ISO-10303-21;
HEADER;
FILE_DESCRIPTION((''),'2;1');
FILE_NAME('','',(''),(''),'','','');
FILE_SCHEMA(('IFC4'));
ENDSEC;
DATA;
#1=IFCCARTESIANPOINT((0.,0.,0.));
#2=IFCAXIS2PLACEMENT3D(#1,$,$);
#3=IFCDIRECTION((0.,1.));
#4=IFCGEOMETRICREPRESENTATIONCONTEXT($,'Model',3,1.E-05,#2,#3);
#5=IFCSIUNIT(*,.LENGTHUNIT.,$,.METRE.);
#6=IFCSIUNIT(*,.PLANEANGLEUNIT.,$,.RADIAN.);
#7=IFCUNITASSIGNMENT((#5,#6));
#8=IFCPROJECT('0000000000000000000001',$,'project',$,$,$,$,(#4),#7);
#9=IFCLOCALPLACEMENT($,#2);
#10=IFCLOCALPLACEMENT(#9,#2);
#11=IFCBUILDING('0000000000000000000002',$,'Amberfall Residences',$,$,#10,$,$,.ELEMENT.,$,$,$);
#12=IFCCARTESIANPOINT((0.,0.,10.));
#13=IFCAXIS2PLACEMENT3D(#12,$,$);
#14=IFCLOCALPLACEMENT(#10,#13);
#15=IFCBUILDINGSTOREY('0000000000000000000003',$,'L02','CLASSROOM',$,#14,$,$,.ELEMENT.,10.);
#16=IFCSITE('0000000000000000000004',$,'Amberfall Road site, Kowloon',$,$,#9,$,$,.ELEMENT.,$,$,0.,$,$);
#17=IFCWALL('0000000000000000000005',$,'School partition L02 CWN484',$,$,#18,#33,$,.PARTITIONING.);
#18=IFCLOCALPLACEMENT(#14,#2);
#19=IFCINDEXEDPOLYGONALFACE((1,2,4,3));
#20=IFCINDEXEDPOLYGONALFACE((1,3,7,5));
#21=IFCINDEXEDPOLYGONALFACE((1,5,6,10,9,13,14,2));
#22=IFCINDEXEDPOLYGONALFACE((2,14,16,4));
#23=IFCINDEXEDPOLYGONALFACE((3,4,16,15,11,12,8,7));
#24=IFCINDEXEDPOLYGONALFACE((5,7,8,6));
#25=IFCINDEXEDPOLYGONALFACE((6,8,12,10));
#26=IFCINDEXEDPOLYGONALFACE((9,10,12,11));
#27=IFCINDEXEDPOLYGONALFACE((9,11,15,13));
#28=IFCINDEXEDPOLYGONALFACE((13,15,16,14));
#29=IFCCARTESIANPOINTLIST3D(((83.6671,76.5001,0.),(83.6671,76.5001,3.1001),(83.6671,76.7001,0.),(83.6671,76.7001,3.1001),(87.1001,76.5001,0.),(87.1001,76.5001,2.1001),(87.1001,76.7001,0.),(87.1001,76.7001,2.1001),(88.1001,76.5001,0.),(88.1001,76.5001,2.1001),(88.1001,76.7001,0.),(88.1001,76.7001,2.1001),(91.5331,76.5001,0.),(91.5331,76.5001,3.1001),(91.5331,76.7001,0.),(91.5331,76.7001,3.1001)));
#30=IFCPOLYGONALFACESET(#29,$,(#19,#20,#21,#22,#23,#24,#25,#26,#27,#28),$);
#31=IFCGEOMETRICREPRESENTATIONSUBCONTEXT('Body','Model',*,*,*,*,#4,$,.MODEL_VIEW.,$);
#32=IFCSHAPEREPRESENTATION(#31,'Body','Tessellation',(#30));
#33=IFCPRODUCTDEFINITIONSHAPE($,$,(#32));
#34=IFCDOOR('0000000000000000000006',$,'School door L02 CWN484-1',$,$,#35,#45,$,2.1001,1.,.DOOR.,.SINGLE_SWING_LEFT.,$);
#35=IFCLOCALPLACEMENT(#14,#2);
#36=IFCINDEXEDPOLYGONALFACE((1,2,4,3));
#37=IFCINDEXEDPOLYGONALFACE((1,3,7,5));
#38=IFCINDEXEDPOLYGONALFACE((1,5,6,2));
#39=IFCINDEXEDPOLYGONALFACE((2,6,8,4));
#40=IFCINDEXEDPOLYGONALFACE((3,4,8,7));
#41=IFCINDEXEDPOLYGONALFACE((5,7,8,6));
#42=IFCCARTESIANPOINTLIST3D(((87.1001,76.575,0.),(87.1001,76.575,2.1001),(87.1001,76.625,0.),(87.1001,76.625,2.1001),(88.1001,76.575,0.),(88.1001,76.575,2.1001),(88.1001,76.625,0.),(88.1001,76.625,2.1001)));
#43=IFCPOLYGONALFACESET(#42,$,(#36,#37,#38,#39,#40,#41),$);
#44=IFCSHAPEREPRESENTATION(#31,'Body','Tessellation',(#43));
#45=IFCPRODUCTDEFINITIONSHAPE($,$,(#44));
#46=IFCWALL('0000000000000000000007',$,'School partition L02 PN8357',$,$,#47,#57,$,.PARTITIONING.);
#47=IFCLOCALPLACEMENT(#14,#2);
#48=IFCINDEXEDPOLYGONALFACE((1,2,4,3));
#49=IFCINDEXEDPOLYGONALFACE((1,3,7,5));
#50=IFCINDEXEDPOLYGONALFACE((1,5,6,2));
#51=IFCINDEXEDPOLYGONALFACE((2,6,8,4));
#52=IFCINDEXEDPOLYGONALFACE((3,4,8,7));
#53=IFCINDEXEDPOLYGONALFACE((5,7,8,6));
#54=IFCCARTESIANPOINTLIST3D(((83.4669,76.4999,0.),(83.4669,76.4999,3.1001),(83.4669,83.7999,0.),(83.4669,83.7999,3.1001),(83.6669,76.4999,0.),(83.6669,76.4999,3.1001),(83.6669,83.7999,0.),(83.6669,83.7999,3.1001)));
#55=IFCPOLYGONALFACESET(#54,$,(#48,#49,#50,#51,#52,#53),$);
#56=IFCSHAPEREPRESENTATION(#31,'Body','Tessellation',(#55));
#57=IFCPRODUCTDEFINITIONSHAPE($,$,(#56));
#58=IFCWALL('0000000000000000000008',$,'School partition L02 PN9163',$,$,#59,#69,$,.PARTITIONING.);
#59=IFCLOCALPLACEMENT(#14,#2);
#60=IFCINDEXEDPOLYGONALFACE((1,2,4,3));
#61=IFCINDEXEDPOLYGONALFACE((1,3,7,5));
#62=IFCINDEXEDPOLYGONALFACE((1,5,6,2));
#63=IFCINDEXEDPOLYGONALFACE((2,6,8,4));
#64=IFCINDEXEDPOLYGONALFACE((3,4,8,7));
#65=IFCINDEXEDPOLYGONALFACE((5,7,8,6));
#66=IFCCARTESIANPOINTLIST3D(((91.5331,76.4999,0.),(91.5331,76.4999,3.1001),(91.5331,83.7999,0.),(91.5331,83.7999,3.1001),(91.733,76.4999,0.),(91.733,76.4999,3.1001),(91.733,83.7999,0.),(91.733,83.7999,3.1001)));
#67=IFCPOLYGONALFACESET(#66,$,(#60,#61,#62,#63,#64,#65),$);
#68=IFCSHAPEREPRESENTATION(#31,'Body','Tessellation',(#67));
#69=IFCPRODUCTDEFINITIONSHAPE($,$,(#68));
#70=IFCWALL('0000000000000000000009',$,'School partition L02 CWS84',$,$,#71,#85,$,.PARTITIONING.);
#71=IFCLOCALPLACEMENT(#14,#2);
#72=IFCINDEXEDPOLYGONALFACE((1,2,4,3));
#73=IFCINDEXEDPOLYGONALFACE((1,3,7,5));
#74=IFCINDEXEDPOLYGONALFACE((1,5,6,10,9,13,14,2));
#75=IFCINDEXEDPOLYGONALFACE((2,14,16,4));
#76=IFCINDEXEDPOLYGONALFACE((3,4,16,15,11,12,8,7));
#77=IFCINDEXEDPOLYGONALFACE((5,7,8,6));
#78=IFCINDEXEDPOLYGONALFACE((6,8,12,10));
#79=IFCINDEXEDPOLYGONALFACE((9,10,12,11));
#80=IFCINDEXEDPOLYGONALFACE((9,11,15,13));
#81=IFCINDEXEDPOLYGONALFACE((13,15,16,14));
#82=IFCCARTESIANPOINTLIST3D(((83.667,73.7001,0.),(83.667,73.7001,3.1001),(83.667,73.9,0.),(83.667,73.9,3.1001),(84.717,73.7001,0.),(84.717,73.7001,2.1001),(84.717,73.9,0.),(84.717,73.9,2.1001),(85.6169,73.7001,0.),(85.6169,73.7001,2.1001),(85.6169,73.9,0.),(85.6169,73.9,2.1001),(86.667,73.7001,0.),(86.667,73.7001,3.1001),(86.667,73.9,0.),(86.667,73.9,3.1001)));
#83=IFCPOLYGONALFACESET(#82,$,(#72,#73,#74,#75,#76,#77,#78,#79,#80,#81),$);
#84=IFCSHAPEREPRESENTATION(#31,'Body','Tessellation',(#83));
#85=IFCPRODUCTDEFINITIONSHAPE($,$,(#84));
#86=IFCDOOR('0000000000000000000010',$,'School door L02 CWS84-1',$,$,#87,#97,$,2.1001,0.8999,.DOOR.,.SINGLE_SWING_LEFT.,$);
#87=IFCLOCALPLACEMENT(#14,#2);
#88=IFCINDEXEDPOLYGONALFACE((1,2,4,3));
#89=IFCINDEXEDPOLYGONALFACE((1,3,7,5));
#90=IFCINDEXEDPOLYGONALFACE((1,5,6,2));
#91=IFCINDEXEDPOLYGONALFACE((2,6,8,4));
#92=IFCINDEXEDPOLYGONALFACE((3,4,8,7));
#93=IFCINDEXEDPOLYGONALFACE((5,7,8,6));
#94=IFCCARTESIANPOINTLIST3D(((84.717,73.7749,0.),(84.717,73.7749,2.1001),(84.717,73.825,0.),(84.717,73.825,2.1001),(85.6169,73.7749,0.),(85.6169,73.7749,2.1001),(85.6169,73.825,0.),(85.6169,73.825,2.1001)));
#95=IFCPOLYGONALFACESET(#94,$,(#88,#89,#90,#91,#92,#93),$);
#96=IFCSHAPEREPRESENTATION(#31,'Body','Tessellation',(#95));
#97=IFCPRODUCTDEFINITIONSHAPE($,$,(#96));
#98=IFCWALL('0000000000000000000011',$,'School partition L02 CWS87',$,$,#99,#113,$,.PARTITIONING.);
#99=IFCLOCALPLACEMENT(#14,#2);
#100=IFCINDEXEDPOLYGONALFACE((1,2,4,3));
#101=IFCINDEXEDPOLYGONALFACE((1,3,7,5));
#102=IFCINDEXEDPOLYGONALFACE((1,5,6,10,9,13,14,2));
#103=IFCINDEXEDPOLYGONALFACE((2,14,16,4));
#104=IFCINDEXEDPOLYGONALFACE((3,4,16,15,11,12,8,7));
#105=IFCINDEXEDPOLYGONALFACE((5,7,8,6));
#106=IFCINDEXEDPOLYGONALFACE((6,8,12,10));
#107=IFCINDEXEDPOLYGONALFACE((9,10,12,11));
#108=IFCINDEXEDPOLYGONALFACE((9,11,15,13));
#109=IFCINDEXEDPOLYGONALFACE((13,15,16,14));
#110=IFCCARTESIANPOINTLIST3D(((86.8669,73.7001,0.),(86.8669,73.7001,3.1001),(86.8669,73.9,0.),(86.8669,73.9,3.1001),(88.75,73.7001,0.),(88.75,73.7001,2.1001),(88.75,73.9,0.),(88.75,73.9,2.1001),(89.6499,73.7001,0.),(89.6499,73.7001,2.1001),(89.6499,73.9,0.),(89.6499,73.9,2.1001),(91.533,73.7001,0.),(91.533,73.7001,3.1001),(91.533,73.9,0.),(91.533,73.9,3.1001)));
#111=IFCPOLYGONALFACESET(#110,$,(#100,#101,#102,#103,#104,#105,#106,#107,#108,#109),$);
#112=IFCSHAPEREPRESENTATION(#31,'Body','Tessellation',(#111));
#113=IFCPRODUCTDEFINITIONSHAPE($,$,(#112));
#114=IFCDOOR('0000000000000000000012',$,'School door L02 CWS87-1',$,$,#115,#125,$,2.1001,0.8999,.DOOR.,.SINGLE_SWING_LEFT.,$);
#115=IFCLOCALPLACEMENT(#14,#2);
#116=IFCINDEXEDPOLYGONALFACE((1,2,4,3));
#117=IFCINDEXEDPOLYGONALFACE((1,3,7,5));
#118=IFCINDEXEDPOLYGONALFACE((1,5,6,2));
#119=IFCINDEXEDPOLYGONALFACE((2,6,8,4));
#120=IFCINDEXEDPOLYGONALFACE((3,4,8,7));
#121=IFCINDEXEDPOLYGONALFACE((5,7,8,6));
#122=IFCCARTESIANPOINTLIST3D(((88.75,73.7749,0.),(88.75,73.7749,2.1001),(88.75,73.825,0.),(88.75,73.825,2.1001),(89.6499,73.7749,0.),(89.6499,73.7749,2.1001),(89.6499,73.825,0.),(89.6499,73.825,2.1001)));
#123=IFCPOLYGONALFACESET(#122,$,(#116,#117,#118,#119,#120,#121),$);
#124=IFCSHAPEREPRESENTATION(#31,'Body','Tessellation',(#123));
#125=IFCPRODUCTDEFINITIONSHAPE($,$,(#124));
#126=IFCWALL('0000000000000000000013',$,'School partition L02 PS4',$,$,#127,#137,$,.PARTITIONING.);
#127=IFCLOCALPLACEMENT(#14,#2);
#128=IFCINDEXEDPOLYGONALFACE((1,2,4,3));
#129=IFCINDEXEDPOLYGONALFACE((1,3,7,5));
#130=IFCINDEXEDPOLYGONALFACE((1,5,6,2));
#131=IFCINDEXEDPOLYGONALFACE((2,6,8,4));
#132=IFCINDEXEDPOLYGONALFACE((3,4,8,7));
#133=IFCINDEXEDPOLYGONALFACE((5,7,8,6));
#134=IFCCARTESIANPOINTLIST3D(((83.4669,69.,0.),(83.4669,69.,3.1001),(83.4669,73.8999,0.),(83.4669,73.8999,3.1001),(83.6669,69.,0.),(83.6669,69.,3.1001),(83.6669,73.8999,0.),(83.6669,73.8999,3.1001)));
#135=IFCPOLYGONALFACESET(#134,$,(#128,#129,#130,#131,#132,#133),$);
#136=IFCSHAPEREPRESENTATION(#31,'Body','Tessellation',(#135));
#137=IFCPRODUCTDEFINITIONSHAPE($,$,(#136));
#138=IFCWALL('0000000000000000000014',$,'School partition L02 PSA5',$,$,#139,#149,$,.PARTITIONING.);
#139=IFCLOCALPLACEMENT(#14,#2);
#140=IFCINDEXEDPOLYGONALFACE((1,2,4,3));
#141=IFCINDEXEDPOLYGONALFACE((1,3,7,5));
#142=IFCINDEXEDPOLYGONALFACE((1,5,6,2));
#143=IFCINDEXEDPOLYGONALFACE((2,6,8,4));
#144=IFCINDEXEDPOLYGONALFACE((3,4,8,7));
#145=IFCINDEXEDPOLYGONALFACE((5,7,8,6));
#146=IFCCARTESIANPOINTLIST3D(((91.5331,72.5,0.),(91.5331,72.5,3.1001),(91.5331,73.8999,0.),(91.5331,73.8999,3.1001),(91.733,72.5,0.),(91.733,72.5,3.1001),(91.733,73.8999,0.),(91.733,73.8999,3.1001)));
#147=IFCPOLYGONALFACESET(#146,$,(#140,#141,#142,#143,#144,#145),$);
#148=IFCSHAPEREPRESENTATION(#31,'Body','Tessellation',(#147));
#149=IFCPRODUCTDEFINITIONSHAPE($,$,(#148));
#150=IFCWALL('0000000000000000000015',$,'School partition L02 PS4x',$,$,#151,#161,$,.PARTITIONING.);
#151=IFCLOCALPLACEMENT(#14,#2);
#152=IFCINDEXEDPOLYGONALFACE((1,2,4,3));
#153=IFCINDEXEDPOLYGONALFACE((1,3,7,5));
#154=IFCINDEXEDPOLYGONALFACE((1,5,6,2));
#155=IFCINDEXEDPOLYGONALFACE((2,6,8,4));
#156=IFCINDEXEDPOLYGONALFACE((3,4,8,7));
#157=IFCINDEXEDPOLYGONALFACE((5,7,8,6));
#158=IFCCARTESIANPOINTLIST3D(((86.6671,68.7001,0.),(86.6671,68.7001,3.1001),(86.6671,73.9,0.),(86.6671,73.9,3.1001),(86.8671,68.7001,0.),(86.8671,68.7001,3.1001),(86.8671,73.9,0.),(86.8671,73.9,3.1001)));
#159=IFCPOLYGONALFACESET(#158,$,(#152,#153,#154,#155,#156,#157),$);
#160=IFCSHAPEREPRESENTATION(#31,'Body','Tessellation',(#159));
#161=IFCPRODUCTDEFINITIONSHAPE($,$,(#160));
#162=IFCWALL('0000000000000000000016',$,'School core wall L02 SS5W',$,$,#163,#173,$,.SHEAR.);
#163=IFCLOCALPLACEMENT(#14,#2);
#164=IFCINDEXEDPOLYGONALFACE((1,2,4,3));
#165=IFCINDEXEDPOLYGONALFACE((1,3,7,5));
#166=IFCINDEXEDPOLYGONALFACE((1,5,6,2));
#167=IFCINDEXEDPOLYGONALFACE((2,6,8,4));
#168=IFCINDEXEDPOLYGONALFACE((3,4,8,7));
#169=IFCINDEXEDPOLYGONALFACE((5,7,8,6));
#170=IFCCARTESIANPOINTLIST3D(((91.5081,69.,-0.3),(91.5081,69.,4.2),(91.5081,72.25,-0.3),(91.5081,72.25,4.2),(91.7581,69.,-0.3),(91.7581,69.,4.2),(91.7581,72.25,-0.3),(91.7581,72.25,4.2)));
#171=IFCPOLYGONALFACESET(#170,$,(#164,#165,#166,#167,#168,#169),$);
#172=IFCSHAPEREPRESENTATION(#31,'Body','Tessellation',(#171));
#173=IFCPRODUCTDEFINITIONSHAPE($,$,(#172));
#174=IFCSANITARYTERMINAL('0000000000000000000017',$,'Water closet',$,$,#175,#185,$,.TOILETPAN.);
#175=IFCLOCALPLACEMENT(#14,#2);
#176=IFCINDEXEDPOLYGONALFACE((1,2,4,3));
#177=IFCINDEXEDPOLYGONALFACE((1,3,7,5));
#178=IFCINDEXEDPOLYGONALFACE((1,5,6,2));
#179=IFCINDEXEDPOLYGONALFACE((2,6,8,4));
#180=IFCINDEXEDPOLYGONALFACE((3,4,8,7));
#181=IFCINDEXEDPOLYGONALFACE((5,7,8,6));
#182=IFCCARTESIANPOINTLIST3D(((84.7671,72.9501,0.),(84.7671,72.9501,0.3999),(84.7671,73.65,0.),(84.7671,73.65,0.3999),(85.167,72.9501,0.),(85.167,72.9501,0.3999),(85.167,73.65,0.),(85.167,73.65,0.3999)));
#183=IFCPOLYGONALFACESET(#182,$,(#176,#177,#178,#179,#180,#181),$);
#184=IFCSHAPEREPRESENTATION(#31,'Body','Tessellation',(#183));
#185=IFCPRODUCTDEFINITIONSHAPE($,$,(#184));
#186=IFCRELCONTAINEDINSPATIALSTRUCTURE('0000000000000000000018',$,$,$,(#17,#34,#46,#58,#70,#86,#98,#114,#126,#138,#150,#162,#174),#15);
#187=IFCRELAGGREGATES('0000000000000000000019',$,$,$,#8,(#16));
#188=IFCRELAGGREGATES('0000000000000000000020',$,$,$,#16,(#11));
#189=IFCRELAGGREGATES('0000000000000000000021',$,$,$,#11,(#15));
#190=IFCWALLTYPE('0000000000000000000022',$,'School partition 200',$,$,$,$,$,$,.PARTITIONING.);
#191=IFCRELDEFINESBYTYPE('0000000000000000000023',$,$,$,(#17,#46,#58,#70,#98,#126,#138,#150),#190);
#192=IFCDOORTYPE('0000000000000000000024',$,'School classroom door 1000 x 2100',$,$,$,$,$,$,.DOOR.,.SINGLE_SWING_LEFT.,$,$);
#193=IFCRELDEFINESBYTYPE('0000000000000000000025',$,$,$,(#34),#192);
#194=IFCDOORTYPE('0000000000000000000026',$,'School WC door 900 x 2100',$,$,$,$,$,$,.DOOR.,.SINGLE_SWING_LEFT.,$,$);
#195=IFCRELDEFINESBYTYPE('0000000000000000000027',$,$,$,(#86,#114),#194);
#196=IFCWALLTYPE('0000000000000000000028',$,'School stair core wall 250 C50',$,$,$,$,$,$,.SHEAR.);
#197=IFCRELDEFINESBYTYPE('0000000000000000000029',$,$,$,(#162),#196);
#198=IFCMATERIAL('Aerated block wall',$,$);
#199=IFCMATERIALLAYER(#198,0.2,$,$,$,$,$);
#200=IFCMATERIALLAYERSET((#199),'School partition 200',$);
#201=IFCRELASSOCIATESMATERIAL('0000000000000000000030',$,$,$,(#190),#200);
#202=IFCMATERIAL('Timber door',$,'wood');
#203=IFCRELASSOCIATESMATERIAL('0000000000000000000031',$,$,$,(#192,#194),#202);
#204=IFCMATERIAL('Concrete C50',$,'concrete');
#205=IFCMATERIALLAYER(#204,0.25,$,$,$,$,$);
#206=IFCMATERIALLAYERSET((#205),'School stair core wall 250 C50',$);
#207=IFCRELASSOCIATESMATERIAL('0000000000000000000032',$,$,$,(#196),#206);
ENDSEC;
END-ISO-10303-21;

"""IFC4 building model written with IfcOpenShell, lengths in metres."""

from ifc_helpers import new_model, si_unit, direction, frame, frame_2d, origin, origin_2d, place, context, subcontext, project, spatial, rectangle, extrude, material, layer, layer_set, type_object, element, fill, save


model = new_model("IFC4")

# Units and contexts
model_context = context("Model", 3, precision=1e-05, world=origin(), true_north=direction((0.0, 1.0)))
body_context = subcontext(model_context, "Body", "Model", "MODEL_VIEW")
ifc_project = project(units=[si_unit("LENGTHUNIT", "METRE"), si_unit("PLANEANGLEUNIT", "RADIAN")], contexts=[model_context])

# Site, building, storey
site_placement = place(None, origin())
site = spatial("IfcSite", under=ifc_project, at=site_placement, Name="Amberfall Road site, Kowloon", CompositionType="ELEMENT", RefElevation=0.0)
building_placement = place(site_placement, origin())
building = spatial("IfcBuilding", under=site, at=building_placement, Name="Amberfall Residences", CompositionType="ELEMENT")
storey_placement = place(building_placement, frame((0.0, 0.0, 10.0)))
storey = spatial("IfcBuildingStorey", under=building, at=storey_placement, Name="L02", Description="CLASSROOM", CompositionType="ELEMENT", Elevation=10.0)

# Shared definitions
ifc_material_1 = material(Name="Aerated block wall")

# Wall, opening, door
ifc_layer_1 = layer(ifc_material_1, 0.2)
ifc_layer_set_1 = layer_set([ifc_layer_1], Name="School partition 200")
wall_type_1 = type_object("IfcWallType", Name="School partition 200", PredefinedType="PARTITIONING", material=ifc_layer_set_1)
wall_1_placement = place(storey_placement, frame((83.667, 76.6001, 0.0), z_axis=(0.0, 0.0, 1.0), x_axis=(1.0, 0.0, 0.0)))
wall_1 = element("IfcWall", 1, at=wall_1_placement, inside=storey, type_object=wall_type_1, Name="School partition L02 CWN484", PredefinedType="PARTITIONING", context=body_context, shape_type="SweptSolid", body=[
    extrude(rectangle(XDim=7.866, YDim=0.2, at=frame_2d((3.9331, 0.0))), origin(), (0.0, 0.0, 1.0), 3.1001),
])
opening_1_placement = place(wall_1_placement, frame((3.4331, 0.0, 0.0)))
opening_1 = element("IfcOpeningElement", 2, at=opening_1_placement, cuts=wall_1, PredefinedType="OPENING", context=body_context, shape_type="SweptSolid", body=[
    extrude(rectangle(XDim=1.0, YDim=2.1001, at=frame_2d((0.5, 1.05))), frame((0.0, 0.1099, 0.0), z_axis=(0.0, -1.0, 0.0), x_axis=(1.0, 0.0, 0.0)), (0.0, 0.0, 1.0), 0.22),
])
ifc_material_2 = material(Name="Timber door", Category="wood")
door_type_1 = type_object("IfcDoorType", Name="School classroom door 1000 x 2100", OperationType="SINGLE_SWING_LEFT", PredefinedType="DOOR", material=ifc_material_2)
door_1_placement = place(opening_1_placement, origin())
door_1 = element("IfcDoor", 3, at=door_1_placement, inside=storey, type_object=door_type_1, Name="School door L02 CWN484-1", OperationType="SINGLE_SWING_LEFT", OverallHeight=2.1001, OverallWidth=1.0, PredefinedType="DOOR", context=body_context, shape_type="SweptSolid", body=[
    extrude(rectangle(XDim=1.0, YDim=2.1001, at=frame_2d((0.5, 1.05))), frame((0.0, 0.0249, 0.0), z_axis=(0.0, -1.0, 0.0), x_axis=(1.0, 0.0, 0.0)), (0.0, 0.0, 1.0), 0.05),
])
fill(opening_1, door_1)

# Walls
for number, where, z_axis, x_axis, name in (
    (4, (83.5669, 76.5, 0.0), (0.0, 0.0, 1.0), (0.0, 1.0, 0.0), "School partition L02 PN8357"),
    (5, (91.6331, 76.5, 0.0), (0.0, 0.0, 1.0), (0.0, 1.0, 0.0), "School partition L02 PN9163"),
):
    element("IfcWall", number, at=place(storey_placement, frame(where, z_axis=z_axis, x_axis=x_axis)), inside=storey, type_object=wall_type_1, Name=name, PredefinedType="PARTITIONING", context=body_context, shape_type="SweptSolid", body=[
        extrude(rectangle(XDim=7.3, YDim=0.2, at=frame_2d((3.6499, 0.0))), origin(), (0.0, 0.0, 1.0), 3.1001),
    ])

# Walls, openings, doors
wall_2_placement = place(storey_placement, frame((83.667, 73.8, 0.0), z_axis=(0.0, 0.0, 1.0), x_axis=(1.0, 0.0, 0.0)))
wall_2 = element("IfcWall", 6, at=wall_2_placement, inside=storey, type_object=wall_type_1, Name="School partition L02 CWS84", PredefinedType="PARTITIONING", context=body_context, shape_type="SweptSolid", body=[
    extrude(rectangle(XDim=3.0, YDim=0.2, at=frame_2d((1.5, 0.0))), origin(), (0.0, 0.0, 1.0), 3.1001),
])
opening_2_placement = place(wall_2_placement, frame((1.05, 0.0, 0.0)))
opening_2 = element("IfcOpeningElement", 7, at=opening_2_placement, cuts=wall_2, PredefinedType="OPENING", context=body_context, shape_type="SweptSolid", body=[
    extrude(rectangle(XDim=0.8999, YDim=2.1001, at=frame_2d((0.45, 1.05))), frame((0.0, 0.1099, 0.0), z_axis=(0.0, -1.0, 0.0), x_axis=(1.0, 0.0, 0.0)), (0.0, 0.0, 1.0), 0.22),
])
door_type_2 = type_object("IfcDoorType", Name="School WC door 900 x 2100", OperationType="SINGLE_SWING_LEFT", PredefinedType="DOOR", material=ifc_material_2)
door_2_placement = place(opening_2_placement, origin())
door_2 = element("IfcDoor", 8, at=door_2_placement, inside=storey, type_object=door_type_2, Name="School door L02 CWS84-1", OperationType="SINGLE_SWING_LEFT", OverallHeight=2.1001, OverallWidth=0.8999, PredefinedType="DOOR", context=body_context, shape_type="SweptSolid", body=[
    extrude(rectangle(XDim=0.8999, YDim=2.1001, at=frame_2d((0.45, 1.05))), frame((0.0, 0.0249, 0.0), z_axis=(0.0, -1.0, 0.0), x_axis=(1.0, 0.0, 0.0)), (0.0, 0.0, 1.0), 0.05),
])
fill(opening_2, door_2)
wall_3_placement = place(storey_placement, frame((86.8669, 73.8, 0.0), z_axis=(0.0, 0.0, 1.0), x_axis=(1.0, 0.0, 0.0)))
wall_3 = element("IfcWall", 9, at=wall_3_placement, inside=storey, type_object=wall_type_1, Name="School partition L02 CWS87", PredefinedType="PARTITIONING", context=body_context, shape_type="SweptSolid", body=[
    extrude(rectangle(XDim=4.666, YDim=0.2, at=frame_2d((2.333, 0.0))), origin(), (0.0, 0.0, 1.0), 3.1001),
])
opening_3_placement = place(wall_3_placement, frame((1.8831, 0.0, 0.0)))
opening_3 = element("IfcOpeningElement", 10, at=opening_3_placement, cuts=wall_3, PredefinedType="OPENING", context=body_context, shape_type="SweptSolid", body=[
    extrude(rectangle(XDim=0.8999, YDim=2.1001, at=frame_2d((0.45, 1.05))), frame((0.0, 0.1099, 0.0), z_axis=(0.0, -1.0, 0.0), x_axis=(1.0, 0.0, 0.0)), (0.0, 0.0, 1.0), 0.22),
])
door_3_placement = place(opening_3_placement, origin())
door_3 = element("IfcDoor", 11, at=door_3_placement, inside=storey, type_object=door_type_2, Name="School door L02 CWS87-1", OperationType="SINGLE_SWING_LEFT", OverallHeight=2.1001, OverallWidth=0.8999, PredefinedType="DOOR", context=body_context, shape_type="SweptSolid", body=[
    extrude(rectangle(XDim=0.8999, YDim=2.1001, at=frame_2d((0.45, 1.05))), frame((0.0, 0.0249, 0.0), z_axis=(0.0, -1.0, 0.0), x_axis=(1.0, 0.0, 0.0)), (0.0, 0.0, 1.0), 0.05),
])
fill(opening_3, door_3)

# Walls
wall_4_placement = place(storey_placement, frame((83.5669, 69.0, 0.0), z_axis=(0.0, 0.0, 1.0), x_axis=(0.0, 1.0, 0.0)))
element("IfcWall", 12, at=wall_4_placement, inside=storey, type_object=wall_type_1, Name="School partition L02 PS4", PredefinedType="PARTITIONING", context=body_context, shape_type="SweptSolid", body=[
    extrude(rectangle(XDim=4.8999, YDim=0.2, at=frame_2d((2.45, 0.0))), origin(), (0.0, 0.0, 1.0), 3.1001),
])
wall_5_placement = place(storey_placement, frame((91.6331, 72.5, 0.0), z_axis=(0.0, 0.0, 1.0), x_axis=(0.0, 1.0, 0.0)))
element("IfcWall", 13, at=wall_5_placement, inside=storey, type_object=wall_type_1, Name="School partition L02 PSA5", PredefinedType="PARTITIONING", context=body_context, shape_type="SweptSolid", body=[
    extrude(rectangle(XDim=1.3999, YDim=0.2, at=frame_2d((0.7, 0.0))), origin(), (0.0, 0.0, 1.0), 3.1001),
])
wall_6_placement = place(storey_placement, frame((86.7671, 68.7, 0.0), z_axis=(0.0, 0.0, 1.0), x_axis=(0.0, 1.0, 0.0)))
element("IfcWall", 14, at=wall_6_placement, inside=storey, type_object=wall_type_1, Name="School partition L02 PS4x", PredefinedType="PARTITIONING", context=body_context, shape_type="SweptSolid", body=[
    extrude(rectangle(XDim=5.2, YDim=0.2, at=frame_2d((2.6001, 0.0))), origin(), (0.0, 0.0, 1.0), 3.1001),
])
ifc_material_3 = material(Name="Concrete C50", Category="concrete")
ifc_layer_2 = layer(ifc_material_3, 0.25)
ifc_layer_set_2 = layer_set([ifc_layer_2], Name="School stair core wall 250 C50")
wall_type_2 = type_object("IfcWallType", Name="School stair core wall 250 C50", PredefinedType="SHEAR", material=ifc_layer_set_2)
wall_7_placement = place(storey_placement, frame((91.6331, 69.0, -0.3), z_axis=(0.0, 0.0, 1.0), x_axis=(0.0, 1.0, 0.0)))
element("IfcWall", 15, at=wall_7_placement, inside=storey, type_object=wall_type_2, Name="School core wall L02 SS5W", PredefinedType="SHEAR", context=body_context, shape_type="SweptSolid", body=[
    extrude(rectangle(XDim=3.25, YDim=0.25, at=frame_2d((1.625, 0.0))), origin(), (0.0, 0.0, 1.0), 4.5),
])

# Sanitary terminal
sanitary_terminal_1_placement = place(storey_placement, frame((84.967, 73.3, 0.0), z_axis=(0.0, 0.0, 1.0), x_axis=(1.0, 0.0, 0.0)))
element("IfcSanitaryTerminal", 16, at=sanitary_terminal_1_placement, inside=storey, Name="Water closet", PredefinedType="TOILETPAN", context=body_context, shape_type="SweptSolid", body=[
    extrude(rectangle(XDim=0.3999, YDim=0.7, at=origin_2d()), origin(), (0.0, 0.0, 1.0), 0.3999),
])

save(model, "model.ifc")
